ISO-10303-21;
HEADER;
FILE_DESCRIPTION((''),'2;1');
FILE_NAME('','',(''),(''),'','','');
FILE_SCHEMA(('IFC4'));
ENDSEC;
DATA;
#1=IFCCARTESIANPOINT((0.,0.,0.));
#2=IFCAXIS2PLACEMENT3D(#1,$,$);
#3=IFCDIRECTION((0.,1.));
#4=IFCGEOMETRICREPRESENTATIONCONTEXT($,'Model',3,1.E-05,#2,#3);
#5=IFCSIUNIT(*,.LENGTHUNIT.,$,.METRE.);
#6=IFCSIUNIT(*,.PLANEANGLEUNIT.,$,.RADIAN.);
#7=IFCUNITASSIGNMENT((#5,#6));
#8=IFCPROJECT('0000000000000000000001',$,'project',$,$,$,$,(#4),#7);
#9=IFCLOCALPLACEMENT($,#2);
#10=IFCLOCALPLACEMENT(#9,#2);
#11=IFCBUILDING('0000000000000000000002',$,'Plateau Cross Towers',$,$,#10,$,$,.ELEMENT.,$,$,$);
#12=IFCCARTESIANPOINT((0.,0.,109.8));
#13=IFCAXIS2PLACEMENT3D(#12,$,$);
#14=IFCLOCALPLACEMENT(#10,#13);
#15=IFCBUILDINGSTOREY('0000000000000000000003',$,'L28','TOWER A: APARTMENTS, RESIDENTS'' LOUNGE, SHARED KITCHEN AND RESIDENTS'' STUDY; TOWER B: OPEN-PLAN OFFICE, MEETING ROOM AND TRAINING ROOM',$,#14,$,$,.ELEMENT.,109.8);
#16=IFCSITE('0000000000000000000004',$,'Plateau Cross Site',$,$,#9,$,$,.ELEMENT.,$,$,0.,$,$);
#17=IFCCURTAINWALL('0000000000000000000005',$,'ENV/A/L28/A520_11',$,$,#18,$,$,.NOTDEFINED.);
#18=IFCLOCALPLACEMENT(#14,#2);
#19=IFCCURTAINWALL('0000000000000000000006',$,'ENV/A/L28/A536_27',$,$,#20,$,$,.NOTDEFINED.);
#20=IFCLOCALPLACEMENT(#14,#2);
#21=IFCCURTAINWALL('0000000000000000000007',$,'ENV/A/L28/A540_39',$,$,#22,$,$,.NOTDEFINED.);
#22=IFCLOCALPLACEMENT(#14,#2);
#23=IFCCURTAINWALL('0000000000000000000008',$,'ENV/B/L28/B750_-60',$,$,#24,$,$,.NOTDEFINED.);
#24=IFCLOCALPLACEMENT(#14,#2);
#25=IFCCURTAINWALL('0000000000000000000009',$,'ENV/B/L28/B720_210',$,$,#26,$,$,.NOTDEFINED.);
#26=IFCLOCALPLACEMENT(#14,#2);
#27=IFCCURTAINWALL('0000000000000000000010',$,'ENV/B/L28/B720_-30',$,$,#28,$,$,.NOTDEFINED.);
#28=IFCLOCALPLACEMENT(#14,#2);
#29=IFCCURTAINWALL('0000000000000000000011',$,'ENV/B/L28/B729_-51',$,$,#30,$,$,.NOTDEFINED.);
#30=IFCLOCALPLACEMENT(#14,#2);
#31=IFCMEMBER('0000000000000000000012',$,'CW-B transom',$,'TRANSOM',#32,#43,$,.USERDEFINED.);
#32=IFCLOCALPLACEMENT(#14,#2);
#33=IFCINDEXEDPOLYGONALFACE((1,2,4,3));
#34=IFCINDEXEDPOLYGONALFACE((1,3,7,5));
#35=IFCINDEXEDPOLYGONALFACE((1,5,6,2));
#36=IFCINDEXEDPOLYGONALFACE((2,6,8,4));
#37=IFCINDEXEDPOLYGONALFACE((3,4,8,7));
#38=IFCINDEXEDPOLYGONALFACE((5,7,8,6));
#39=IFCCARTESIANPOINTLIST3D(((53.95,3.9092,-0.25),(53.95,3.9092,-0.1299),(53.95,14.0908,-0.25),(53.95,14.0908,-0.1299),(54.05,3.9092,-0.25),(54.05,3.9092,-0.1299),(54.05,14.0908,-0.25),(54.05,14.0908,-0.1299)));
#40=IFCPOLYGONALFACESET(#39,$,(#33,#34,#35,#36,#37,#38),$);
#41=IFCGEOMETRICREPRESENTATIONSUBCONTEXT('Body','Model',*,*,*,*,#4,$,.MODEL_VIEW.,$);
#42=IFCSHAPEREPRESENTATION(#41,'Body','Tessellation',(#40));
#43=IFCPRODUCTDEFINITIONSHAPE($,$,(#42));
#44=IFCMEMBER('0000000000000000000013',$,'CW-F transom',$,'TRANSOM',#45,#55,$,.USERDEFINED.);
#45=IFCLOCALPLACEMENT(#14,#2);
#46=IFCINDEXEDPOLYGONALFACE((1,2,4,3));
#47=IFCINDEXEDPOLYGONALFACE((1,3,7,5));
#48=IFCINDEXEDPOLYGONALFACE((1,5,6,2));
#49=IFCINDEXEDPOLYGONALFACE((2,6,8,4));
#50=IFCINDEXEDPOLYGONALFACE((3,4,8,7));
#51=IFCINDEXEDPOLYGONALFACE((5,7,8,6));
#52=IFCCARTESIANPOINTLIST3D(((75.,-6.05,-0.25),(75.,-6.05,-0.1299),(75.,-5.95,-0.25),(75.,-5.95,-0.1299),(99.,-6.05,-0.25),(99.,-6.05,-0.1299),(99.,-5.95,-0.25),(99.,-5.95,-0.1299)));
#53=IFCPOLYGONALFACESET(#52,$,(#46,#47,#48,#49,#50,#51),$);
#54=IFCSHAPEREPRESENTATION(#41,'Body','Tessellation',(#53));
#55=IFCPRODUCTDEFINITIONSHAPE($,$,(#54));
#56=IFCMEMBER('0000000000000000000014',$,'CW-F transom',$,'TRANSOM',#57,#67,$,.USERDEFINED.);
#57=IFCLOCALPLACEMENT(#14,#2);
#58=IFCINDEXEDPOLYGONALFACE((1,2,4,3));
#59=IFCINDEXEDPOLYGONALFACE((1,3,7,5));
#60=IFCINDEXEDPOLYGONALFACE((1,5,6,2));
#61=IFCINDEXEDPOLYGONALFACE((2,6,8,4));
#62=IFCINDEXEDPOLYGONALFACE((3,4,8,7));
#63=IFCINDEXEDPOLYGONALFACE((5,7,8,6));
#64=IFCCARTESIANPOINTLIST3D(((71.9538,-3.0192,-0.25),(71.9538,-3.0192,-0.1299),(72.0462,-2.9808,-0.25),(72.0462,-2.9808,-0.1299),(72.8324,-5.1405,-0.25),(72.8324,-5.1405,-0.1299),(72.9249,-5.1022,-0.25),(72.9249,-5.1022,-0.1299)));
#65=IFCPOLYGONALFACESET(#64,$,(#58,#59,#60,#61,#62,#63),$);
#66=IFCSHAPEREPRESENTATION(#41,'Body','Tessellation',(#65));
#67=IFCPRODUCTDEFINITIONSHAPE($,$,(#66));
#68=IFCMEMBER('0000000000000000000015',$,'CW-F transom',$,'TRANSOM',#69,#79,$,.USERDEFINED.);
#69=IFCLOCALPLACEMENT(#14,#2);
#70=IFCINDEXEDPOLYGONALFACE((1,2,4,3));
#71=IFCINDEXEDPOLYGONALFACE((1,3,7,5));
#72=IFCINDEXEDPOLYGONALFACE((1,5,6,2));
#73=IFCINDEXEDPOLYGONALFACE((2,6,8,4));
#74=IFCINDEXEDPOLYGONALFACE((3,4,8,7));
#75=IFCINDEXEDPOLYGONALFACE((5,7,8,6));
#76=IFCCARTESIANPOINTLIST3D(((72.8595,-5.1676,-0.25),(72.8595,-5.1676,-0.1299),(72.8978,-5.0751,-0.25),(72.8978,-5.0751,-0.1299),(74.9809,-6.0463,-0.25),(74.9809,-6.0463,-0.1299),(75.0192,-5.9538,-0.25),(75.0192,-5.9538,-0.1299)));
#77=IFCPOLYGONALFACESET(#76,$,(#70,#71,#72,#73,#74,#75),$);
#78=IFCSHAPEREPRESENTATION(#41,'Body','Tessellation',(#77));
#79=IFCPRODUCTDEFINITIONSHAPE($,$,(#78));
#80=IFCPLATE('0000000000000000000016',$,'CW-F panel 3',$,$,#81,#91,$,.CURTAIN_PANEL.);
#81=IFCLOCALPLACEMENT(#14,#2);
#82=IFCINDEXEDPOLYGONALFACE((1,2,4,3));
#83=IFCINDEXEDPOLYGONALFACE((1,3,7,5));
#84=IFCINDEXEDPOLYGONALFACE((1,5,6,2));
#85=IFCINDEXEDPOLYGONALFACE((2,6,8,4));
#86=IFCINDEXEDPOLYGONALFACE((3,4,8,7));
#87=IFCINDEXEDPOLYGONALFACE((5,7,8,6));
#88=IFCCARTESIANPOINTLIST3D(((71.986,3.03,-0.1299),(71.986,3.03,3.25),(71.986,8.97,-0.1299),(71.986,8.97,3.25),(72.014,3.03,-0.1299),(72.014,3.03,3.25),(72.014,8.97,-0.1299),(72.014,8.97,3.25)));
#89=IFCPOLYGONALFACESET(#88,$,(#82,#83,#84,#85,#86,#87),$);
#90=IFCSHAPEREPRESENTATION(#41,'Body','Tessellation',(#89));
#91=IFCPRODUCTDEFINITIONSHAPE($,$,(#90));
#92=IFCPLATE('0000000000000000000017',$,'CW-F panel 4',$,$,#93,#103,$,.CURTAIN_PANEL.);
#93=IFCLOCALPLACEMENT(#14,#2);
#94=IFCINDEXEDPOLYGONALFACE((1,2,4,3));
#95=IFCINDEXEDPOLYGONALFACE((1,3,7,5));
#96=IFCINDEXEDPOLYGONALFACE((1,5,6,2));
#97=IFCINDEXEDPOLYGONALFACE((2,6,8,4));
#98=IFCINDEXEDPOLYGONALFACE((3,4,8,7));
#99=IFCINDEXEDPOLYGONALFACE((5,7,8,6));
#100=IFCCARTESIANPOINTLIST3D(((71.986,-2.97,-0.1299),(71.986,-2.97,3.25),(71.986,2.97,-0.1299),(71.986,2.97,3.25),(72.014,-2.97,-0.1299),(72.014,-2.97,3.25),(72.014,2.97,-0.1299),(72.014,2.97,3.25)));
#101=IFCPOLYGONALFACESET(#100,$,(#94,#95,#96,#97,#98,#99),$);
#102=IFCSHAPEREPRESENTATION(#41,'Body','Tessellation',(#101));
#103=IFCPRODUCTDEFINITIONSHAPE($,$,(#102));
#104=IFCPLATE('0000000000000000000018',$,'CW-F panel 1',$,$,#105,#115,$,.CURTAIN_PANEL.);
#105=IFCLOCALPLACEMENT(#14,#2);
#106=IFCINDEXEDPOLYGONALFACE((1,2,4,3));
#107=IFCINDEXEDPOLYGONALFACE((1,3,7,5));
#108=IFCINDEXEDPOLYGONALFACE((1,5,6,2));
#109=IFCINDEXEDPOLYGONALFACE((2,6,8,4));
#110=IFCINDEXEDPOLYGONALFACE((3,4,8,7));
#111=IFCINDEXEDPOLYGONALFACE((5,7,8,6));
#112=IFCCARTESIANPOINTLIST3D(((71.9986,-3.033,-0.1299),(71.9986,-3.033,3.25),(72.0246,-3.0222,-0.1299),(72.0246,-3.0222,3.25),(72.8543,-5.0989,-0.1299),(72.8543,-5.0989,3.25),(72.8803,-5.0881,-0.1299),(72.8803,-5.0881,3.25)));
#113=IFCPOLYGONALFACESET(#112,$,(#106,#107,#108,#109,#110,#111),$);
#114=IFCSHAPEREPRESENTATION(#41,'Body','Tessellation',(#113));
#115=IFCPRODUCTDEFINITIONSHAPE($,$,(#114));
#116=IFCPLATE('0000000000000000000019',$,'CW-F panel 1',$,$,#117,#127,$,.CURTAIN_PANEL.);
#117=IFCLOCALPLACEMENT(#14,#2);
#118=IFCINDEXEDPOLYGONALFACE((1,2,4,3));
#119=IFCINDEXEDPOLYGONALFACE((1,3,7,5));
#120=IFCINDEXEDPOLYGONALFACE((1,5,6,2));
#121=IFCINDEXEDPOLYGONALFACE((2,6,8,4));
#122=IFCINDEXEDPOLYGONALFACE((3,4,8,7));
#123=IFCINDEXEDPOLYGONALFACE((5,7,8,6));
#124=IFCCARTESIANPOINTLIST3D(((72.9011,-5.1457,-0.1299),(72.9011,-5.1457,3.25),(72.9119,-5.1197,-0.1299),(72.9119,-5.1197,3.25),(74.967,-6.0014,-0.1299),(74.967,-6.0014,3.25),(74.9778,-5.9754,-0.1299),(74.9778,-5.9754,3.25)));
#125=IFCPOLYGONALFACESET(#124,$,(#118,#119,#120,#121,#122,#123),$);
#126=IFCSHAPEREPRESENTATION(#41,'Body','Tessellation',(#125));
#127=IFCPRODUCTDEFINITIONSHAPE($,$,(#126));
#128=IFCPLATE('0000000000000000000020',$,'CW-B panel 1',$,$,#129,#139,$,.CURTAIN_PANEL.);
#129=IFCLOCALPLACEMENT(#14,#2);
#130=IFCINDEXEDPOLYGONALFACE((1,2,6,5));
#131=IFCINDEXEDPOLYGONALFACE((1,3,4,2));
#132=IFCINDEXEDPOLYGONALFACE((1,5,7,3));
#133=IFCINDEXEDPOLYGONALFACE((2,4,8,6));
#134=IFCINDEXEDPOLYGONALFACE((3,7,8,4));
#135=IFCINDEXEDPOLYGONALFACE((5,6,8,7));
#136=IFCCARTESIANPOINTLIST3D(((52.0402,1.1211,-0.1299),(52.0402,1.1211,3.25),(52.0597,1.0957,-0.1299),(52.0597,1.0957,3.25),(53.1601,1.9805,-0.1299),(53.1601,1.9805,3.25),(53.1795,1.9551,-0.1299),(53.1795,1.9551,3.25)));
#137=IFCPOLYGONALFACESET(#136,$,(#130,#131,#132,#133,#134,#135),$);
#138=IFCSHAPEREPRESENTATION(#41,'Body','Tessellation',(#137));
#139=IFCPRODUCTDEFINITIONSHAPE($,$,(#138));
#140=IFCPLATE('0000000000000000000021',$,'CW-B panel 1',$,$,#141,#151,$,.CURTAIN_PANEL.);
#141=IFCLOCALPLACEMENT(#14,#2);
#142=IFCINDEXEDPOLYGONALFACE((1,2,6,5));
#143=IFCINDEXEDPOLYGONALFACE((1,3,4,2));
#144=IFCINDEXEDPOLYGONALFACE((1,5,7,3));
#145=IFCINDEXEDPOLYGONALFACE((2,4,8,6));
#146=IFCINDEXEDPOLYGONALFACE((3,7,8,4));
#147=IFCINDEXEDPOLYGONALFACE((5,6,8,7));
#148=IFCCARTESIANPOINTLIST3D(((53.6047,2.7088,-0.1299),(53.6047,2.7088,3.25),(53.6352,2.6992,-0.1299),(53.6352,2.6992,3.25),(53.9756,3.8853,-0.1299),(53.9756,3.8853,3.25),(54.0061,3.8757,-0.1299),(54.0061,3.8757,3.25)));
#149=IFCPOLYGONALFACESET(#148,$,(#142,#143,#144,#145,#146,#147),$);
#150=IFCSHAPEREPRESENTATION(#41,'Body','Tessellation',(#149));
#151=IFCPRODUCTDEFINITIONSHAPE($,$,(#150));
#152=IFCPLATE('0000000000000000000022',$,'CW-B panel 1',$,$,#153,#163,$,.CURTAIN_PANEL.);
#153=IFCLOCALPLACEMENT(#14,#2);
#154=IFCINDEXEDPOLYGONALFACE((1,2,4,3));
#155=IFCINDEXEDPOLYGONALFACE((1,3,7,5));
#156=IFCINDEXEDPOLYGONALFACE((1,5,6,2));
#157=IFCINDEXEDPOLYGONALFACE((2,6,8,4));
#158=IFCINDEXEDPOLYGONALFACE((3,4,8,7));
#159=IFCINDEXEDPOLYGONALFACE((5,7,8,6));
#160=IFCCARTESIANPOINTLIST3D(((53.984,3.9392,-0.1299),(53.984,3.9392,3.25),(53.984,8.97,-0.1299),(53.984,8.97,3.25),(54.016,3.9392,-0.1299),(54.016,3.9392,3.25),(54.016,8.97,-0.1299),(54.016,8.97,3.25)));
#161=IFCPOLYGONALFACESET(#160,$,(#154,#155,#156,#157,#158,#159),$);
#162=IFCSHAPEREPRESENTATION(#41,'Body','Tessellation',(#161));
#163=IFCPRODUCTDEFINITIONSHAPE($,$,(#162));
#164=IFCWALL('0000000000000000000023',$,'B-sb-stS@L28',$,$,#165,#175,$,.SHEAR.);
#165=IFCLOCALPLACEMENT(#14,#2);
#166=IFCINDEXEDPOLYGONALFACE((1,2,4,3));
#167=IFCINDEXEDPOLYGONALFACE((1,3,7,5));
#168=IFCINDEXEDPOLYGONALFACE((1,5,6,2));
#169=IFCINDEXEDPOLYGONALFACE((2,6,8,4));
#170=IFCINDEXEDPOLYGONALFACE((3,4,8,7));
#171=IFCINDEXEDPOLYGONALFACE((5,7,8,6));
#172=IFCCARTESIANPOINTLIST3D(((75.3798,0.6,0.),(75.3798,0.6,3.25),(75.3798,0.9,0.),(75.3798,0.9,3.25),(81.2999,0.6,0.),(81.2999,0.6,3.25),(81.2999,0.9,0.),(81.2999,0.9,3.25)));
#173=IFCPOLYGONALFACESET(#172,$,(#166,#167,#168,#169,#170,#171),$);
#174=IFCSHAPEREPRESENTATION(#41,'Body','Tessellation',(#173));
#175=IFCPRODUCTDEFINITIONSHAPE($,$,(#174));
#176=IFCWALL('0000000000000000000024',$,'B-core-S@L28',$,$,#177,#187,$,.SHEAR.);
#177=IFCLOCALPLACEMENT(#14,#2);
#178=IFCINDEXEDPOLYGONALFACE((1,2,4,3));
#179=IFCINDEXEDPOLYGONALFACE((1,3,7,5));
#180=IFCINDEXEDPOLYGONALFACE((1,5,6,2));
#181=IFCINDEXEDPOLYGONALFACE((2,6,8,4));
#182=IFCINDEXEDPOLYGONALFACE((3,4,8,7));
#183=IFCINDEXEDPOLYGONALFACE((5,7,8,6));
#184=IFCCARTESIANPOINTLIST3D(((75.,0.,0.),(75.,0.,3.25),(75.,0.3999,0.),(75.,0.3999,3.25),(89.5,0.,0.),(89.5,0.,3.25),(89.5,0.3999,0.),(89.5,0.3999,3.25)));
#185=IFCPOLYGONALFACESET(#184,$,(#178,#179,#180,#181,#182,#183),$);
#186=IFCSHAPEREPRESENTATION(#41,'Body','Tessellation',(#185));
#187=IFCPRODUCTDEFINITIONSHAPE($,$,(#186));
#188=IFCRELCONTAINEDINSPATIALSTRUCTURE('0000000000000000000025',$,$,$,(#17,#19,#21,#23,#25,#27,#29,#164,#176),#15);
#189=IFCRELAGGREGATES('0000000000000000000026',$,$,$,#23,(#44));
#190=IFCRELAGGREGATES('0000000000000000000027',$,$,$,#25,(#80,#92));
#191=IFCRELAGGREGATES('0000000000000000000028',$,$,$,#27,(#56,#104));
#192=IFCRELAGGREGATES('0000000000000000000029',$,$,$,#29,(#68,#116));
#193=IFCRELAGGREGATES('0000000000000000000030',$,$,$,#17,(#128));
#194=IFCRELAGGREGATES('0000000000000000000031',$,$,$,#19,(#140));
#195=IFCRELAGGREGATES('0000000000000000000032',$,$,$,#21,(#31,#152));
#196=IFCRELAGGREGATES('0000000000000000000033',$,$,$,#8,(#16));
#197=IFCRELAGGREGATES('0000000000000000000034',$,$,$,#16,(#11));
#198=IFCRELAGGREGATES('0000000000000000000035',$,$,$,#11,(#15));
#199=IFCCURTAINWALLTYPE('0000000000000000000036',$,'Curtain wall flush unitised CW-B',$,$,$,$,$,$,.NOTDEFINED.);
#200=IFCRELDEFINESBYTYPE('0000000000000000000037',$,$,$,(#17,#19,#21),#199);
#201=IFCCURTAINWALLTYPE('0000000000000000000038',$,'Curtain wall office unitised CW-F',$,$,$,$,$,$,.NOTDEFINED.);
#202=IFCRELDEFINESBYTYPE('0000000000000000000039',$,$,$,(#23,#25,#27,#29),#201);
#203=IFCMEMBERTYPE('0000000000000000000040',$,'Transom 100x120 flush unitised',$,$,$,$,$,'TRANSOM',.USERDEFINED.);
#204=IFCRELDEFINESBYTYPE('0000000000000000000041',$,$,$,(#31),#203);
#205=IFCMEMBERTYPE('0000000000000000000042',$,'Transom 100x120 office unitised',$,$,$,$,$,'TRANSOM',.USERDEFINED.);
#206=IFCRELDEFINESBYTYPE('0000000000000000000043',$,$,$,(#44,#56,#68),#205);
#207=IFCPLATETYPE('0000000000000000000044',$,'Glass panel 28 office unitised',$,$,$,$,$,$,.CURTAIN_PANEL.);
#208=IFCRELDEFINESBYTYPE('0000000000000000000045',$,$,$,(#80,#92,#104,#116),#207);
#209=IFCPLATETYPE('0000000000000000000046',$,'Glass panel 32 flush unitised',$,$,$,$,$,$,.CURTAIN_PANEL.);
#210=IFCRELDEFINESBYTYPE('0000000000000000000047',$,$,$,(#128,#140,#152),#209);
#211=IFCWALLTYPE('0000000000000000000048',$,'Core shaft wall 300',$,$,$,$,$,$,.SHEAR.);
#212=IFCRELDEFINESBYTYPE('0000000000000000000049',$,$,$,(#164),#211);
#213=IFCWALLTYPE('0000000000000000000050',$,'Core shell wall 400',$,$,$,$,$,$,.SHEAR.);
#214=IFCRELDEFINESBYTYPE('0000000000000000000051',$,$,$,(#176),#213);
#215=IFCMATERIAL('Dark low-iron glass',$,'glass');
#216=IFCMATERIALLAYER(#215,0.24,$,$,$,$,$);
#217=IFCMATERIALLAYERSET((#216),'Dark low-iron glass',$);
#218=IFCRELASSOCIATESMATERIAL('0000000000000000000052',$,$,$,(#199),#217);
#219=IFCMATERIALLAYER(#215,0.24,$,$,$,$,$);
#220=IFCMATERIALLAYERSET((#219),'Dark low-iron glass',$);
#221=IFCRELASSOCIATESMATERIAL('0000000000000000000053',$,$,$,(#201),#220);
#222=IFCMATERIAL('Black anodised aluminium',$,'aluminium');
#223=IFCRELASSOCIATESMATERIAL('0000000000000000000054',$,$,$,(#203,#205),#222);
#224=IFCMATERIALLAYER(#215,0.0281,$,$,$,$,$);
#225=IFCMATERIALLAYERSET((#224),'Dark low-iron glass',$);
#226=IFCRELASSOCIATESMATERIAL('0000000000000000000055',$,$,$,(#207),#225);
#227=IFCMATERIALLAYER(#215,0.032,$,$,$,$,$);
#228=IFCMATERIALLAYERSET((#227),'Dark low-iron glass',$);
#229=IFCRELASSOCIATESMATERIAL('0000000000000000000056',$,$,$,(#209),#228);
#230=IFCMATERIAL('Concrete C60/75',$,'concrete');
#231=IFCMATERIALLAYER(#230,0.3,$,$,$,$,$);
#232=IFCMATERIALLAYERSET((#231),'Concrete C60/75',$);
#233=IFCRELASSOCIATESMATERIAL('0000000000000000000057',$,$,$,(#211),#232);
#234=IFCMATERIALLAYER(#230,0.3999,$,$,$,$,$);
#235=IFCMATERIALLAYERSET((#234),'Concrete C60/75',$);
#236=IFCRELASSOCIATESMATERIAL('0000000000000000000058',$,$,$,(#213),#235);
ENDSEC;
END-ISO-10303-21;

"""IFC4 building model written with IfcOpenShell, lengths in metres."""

from ifc_helpers import new_model, si_unit, direction, frame, frame_2d, origin, origin_2d, place, context, subcontext, project, spatial, rectangle, extrude, material, layer, layer_set, material_profile, profile_set, type_object, element, aggregate, save


model = new_model("IFC4")

# Units and contexts
model_context = context("Model", 3, precision=1e-05, world=origin(), true_north=direction((0.0, 1.0)))
body_context = subcontext(model_context, "Body", "Model", "MODEL_VIEW")
ifc_project = project(units=[si_unit("LENGTHUNIT", "METRE"), si_unit("PLANEANGLEUNIT", "RADIAN")], contexts=[model_context])

# Site, building, storey
site_placement = place(None, origin())
site = spatial("IfcSite", under=ifc_project, at=site_placement, Name="Plateau Cross Site", CompositionType="ELEMENT", RefElevation=0.0)
building_placement = place(site_placement, origin())
building = spatial("IfcBuilding", under=site, at=building_placement, Name="Plateau Cross Towers", CompositionType="ELEMENT")
storey_placement = place(building_placement, frame((0.0, 0.0, 109.8)))
storey = spatial("IfcBuildingStorey", under=building, at=storey_placement, Name="L28", Description="TOWER A: APARTMENTS, RESIDENTS' LOUNGE, SHARED KITCHEN AND RESIDENTS' STUDY; TOWER B: OPEN-PLAN OFFICE, MEETING ROOM AND TRAINING ROOM", CompositionType="ELEMENT", Elevation=109.8)

# Shared definitions
ifc_material_1 = material(Name="Concrete C60/75", Category="concrete")

# Curtain wall
ifc_material_2 = material(Name="Dark low-iron glass", Category="glass")
ifc_layer_1 = layer(ifc_material_2, 0.24)
ifc_layer_set_1 = layer_set([ifc_layer_1], Name="Dark low-iron glass")
curtain_wall_type_1 = type_object("IfcCurtainWallType", Name="Curtain wall flush unitised CW-B", PredefinedType="NOTDEFINED", material=ifc_layer_set_1)
curtain_wall_1_placement = place(storey_placement, origin())
curtain_wall_1 = element("IfcCurtainWall", 1, at=curtain_wall_1_placement, inside=storey, type_object=curtain_wall_type_1, Name="ENV/A/L28/A520_11", PredefinedType="NOTDEFINED")
ifc_material_3 = material(Name="Black anodised aluminium", Category="aluminium")

# Curtain walls
curtain_wall_2_placement = place(storey_placement, origin())
curtain_wall_2 = element("IfcCurtainWall", 2, at=curtain_wall_2_placement, inside=storey, type_object=curtain_wall_type_1, Name="ENV/A/L28/A536_27", PredefinedType="NOTDEFINED")
curtain_wall_3_placement = place(storey_placement, origin())
curtain_wall_3 = element("IfcCurtainWall", 3, at=curtain_wall_3_placement, inside=storey, type_object=curtain_wall_type_1, Name="ENV/A/L28/A540_39", PredefinedType="NOTDEFINED")
ifc_layer_2 = layer(ifc_material_2, 0.24)
ifc_layer_set_2 = layer_set([ifc_layer_2], Name="Dark low-iron glass")
curtain_wall_type_2 = type_object("IfcCurtainWallType", Name="Curtain wall office unitised CW-F", PredefinedType="NOTDEFINED", material=ifc_layer_set_2)
curtain_wall_4_placement = place(storey_placement, origin())
curtain_wall_4 = element("IfcCurtainWall", 4, at=curtain_wall_4_placement, inside=storey, type_object=curtain_wall_type_2, Name="ENV/B/L28/B750_-60", PredefinedType="NOTDEFINED")
curtain_wall_5_placement = place(storey_placement, origin())
curtain_wall_5 = element("IfcCurtainWall", 5, at=curtain_wall_5_placement, inside=storey, type_object=curtain_wall_type_2, Name="ENV/B/L28/B720_210", PredefinedType="NOTDEFINED")
curtain_wall_6_placement = place(storey_placement, origin())
curtain_wall_6 = element("IfcCurtainWall", 6, at=curtain_wall_6_placement, inside=storey, type_object=curtain_wall_type_2, Name="ENV/B/L28/B720_-30", PredefinedType="NOTDEFINED")
curtain_wall_7_placement = place(storey_placement, origin())
curtain_wall_7 = element("IfcCurtainWall", 7, at=curtain_wall_7_placement, inside=storey, type_object=curtain_wall_type_2, Name="ENV/B/L28/B729_-51", PredefinedType="NOTDEFINED")

# Members
ifc_material_profile_1 = material_profile(ifc_material_3, rectangle(XDim=0.1001, YDim=0.1201, at=origin_2d()), Name="TRANSOM 100x120")
ifc_profile_set_1 = profile_set([ifc_material_profile_1], Name="Black anodised aluminium")
member_type_1 = type_object("IfcMemberType", Name="Transom 100x120 flush unitised", ElementType="TRANSOM", PredefinedType="USERDEFINED", material=ifc_profile_set_1)
member_1_placement = place(storey_placement, frame((54.0, 3.9092, -0.1899), z_axis=(0.0, 1.0, 0.0), x_axis=(-1.0, 0.0, 0.0)))
member_1 = element("IfcMember", 8, at=member_1_placement, type_object=member_type_1, Name="CW-B transom", ObjectType="TRANSOM", PredefinedType="USERDEFINED", context=body_context, shape_type="SweptSolid", body=[
    extrude(rectangle(XDim=0.1001, YDim=0.1201, at=origin_2d()), origin(), (0.0, 0.0, 1.0), 10.1816),
])
ifc_material_profile_2 = material_profile(ifc_material_3, rectangle(XDim=0.1001, YDim=0.1201, at=origin_2d()), Name="TRANSOM 100x120")
ifc_profile_set_2 = profile_set([ifc_material_profile_2], Name="Black anodised aluminium")
member_type_2 = type_object("IfcMemberType", Name="Transom 100x120 office unitised", ElementType="TRANSOM", PredefinedType="USERDEFINED", material=ifc_profile_set_2)
member_2_placement = place(storey_placement, frame((75.0, -6.0, -0.1899), z_axis=(1.0, 0.0, 0.0), x_axis=(0.0, 1.0, 0.0)))
member_2 = element("IfcMember", 9, at=member_2_placement, type_object=member_type_2, Name="CW-F transom", ObjectType="TRANSOM", PredefinedType="USERDEFINED", context=body_context, shape_type="SweptSolid", body=[
    extrude(rectangle(XDim=0.1001, YDim=0.1201, at=origin_2d()), origin(), (0.0, 0.0, 1.0), 24.0),
])
aggregate(curtain_wall_4, [member_2])
member_3_placement = place(storey_placement, frame((72.0, -3.0, -0.1899), z_axis=(0.382674, -0.923883, 0.0), x_axis=(0.923883, 0.382674, 0.0)))
member_3 = element("IfcMember", 10, at=member_3_placement, type_object=member_type_2, Name="CW-F transom", ObjectType="TRANSOM", PredefinedType="USERDEFINED", context=body_context, shape_type="SweptSolid", body=[
    extrude(rectangle(XDim=0.1001, YDim=0.1201, at=origin_2d()), origin(), (0.0, 0.0, 1.0), 2.2961),
])
member_4_placement = place(storey_placement, frame((72.8787, -5.1213, -0.1899), z_axis=(0.923883, -0.382674, 0.0), x_axis=(0.382674, 0.923883, 0.0)))
member_4 = element("IfcMember", 11, at=member_4_placement, type_object=member_type_2, Name="CW-F transom", ObjectType="TRANSOM", PredefinedType="USERDEFINED", context=body_context, shape_type="SweptSolid", body=[
    extrude(rectangle(XDim=0.1001, YDim=0.1201, at=origin_2d()), origin(), (0.0, 0.0, 1.0), 2.2961),
])

# Plates
ifc_layer_3 = layer(ifc_material_2, 0.0281)
ifc_layer_set_3 = layer_set([ifc_layer_3], Name="Dark low-iron glass")
plate_type_1 = type_object("IfcPlateType", Name="Glass panel 28 office unitised", PredefinedType="CURTAIN_PANEL", material=ifc_layer_set_3)
plate_1_placement = place(storey_placement, frame((72.0, 6.0, -0.1299), z_axis=(0.0, 0.0, 1.0), x_axis=(0.0, -1.0, 0.0)))
plate_1 = element("IfcPlate", 12, at=plate_1_placement, type_object=plate_type_1, Name="CW-F panel 3", PredefinedType="CURTAIN_PANEL", context=body_context, shape_type="SweptSolid", body=[
    extrude(rectangle(XDim=5.9399, YDim=0.0281, at=origin_2d()), origin(), (0.0, 0.0, 1.0), 3.3799),
])
plate_2_placement = place(storey_placement, frame((72.0, 0.0, -0.1299), z_axis=(0.0, 0.0, 1.0), x_axis=(0.0, -1.0, 0.0)))
plate_2 = element("IfcPlate", 13, at=plate_2_placement, type_object=plate_type_1, Name="CW-F panel 4", PredefinedType="CURTAIN_PANEL", context=body_context, shape_type="SweptSolid", body=[
    extrude(rectangle(XDim=5.9399, YDim=0.0281, at=origin_2d()), origin(), (0.0, 0.0, 1.0), 3.3799),
])
aggregate(curtain_wall_5, [plate_1, plate_2])
plate_3_placement = place(storey_placement, frame((72.4395, -4.0605, -0.1299), z_axis=(0.0, 0.0, 1.0), x_axis=(0.382684, -0.923879, 0.0)))
plate_3 = element("IfcPlate", 14, at=plate_3_placement, type_object=plate_type_1, Name="CW-F panel 1", PredefinedType="CURTAIN_PANEL", context=body_context, shape_type="SweptSolid", body=[
    extrude(rectangle(XDim=2.2361, YDim=0.0281, at=origin_2d()), origin(), (0.0, 0.0, 1.0), 3.3799),
])
aggregate(curtain_wall_6, [member_3, plate_3])
plate_4_placement = place(storey_placement, frame((73.9395, -5.5605, -0.1299), z_axis=(0.0, 0.0, 1.0), x_axis=(0.923879, -0.382684, 0.0)))
plate_4 = element("IfcPlate", 15, at=plate_4_placement, type_object=plate_type_1, Name="CW-F panel 1", PredefinedType="CURTAIN_PANEL", context=body_context, shape_type="SweptSolid", body=[
    extrude(rectangle(XDim=2.2361, YDim=0.0281, at=origin_2d()), origin(), (0.0, 0.0, 1.0), 3.3799),
])
aggregate(curtain_wall_7, [member_4, plate_4])
ifc_layer_4 = layer(ifc_material_2, 0.032)
ifc_layer_set_4 = layer_set([ifc_layer_4], Name="Dark low-iron glass")
plate_type_2 = type_object("IfcPlateType", Name="Glass panel 32 flush unitised", PredefinedType="CURTAIN_PANEL", material=ifc_layer_set_4)
plate_5_placement = place(storey_placement, frame((52.6099, 1.5381, -0.1299), z_axis=(0.0, 0.0, 1.0), x_axis=(0.793316, 0.608811, 0.0)))
plate_5 = element("IfcPlate", 16, at=plate_5_placement, type_object=plate_type_2, Name="CW-B panel 1", PredefinedType="CURTAIN_PANEL", context=body_context, shape_type="SweptSolid", body=[
    extrude(rectangle(XDim=1.4116, YDim=0.032, at=origin_2d()), origin(), (0.0, 0.0, 1.0), 3.3799),
])
aggregate(curtain_wall_1, [plate_5])
plate_6_placement = place(storey_placement, frame((53.8054, 3.2922, -0.1299), z_axis=(0.0, 0.0, 1.0), x_axis=(0.300686, 0.953723, 0.0)))
plate_6 = element("IfcPlate", 17, at=plate_6_placement, type_object=plate_type_2, Name="CW-B panel 1", PredefinedType="CURTAIN_PANEL", context=body_context, shape_type="SweptSolid", body=[
    extrude(rectangle(XDim=1.2336, YDim=0.032, at=origin_2d()), origin(), (0.0, 0.0, 1.0), 3.3799),
])
aggregate(curtain_wall_2, [plate_6])
plate_7_placement = place(storey_placement, frame((54.0, 6.4546, -0.1299), z_axis=(0.0, 0.0, 1.0), x_axis=(0.0, 1.0, 0.0)))
plate_7 = element("IfcPlate", 18, at=plate_7_placement, type_object=plate_type_2, Name="CW-B panel 1", PredefinedType="CURTAIN_PANEL", context=body_context, shape_type="SweptSolid", body=[
    extrude(rectangle(XDim=5.0308, YDim=0.032, at=origin_2d()), origin(), (0.0, 0.0, 1.0), 3.3799),
])
aggregate(curtain_wall_3, [member_1, plate_7])

# Walls
ifc_layer_5 = layer(ifc_material_1, 0.3)
ifc_layer_set_5 = layer_set([ifc_layer_5], Name="Concrete C60/75")
wall_type_1 = type_object("IfcWallType", Name="Core shaft wall 300", PredefinedType="SHEAR", material=ifc_layer_set_5)
wall_1_placement = place(storey_placement, frame((75.3799, 0.75, 0.0), z_axis=(0.0, 0.0, 1.0), x_axis=(1.0, 0.0, 0.0)))
element("IfcWall", 19, at=wall_1_placement, inside=storey, type_object=wall_type_1, Name="B-sb-stS@L28", PredefinedType="SHEAR", context=body_context, shape_type="SweptSolid", body=[
    extrude(rectangle(XDim=5.9202, YDim=0.3, at=frame_2d((2.96, 0.0))), origin(), (0.0, 0.0, 1.0), 3.25),
])
ifc_layer_6 = layer(ifc_material_1, 0.3999)
ifc_layer_set_6 = layer_set([ifc_layer_6], Name="Concrete C60/75")
wall_type_2 = type_object("IfcWallType", Name="Core shell wall 400", PredefinedType="SHEAR", material=ifc_layer_set_6)
wall_2_placement = place(storey_placement, frame((75.0, 0.2, 0.0), z_axis=(0.0, 0.0, 1.0), x_axis=(1.0, 0.0, 0.0)))
element("IfcWall", 20, at=wall_2_placement, inside=storey, type_object=wall_type_2, Name="B-core-S@L28", PredefinedType="SHEAR", context=body_context, shape_type="SweptSolid", body=[
    extrude(rectangle(XDim=14.5, YDim=0.3999, at=frame_2d((7.25, 0.0))), origin(), (0.0, 0.0, 1.0), 3.25),
])

save(model, "model.ifc")
